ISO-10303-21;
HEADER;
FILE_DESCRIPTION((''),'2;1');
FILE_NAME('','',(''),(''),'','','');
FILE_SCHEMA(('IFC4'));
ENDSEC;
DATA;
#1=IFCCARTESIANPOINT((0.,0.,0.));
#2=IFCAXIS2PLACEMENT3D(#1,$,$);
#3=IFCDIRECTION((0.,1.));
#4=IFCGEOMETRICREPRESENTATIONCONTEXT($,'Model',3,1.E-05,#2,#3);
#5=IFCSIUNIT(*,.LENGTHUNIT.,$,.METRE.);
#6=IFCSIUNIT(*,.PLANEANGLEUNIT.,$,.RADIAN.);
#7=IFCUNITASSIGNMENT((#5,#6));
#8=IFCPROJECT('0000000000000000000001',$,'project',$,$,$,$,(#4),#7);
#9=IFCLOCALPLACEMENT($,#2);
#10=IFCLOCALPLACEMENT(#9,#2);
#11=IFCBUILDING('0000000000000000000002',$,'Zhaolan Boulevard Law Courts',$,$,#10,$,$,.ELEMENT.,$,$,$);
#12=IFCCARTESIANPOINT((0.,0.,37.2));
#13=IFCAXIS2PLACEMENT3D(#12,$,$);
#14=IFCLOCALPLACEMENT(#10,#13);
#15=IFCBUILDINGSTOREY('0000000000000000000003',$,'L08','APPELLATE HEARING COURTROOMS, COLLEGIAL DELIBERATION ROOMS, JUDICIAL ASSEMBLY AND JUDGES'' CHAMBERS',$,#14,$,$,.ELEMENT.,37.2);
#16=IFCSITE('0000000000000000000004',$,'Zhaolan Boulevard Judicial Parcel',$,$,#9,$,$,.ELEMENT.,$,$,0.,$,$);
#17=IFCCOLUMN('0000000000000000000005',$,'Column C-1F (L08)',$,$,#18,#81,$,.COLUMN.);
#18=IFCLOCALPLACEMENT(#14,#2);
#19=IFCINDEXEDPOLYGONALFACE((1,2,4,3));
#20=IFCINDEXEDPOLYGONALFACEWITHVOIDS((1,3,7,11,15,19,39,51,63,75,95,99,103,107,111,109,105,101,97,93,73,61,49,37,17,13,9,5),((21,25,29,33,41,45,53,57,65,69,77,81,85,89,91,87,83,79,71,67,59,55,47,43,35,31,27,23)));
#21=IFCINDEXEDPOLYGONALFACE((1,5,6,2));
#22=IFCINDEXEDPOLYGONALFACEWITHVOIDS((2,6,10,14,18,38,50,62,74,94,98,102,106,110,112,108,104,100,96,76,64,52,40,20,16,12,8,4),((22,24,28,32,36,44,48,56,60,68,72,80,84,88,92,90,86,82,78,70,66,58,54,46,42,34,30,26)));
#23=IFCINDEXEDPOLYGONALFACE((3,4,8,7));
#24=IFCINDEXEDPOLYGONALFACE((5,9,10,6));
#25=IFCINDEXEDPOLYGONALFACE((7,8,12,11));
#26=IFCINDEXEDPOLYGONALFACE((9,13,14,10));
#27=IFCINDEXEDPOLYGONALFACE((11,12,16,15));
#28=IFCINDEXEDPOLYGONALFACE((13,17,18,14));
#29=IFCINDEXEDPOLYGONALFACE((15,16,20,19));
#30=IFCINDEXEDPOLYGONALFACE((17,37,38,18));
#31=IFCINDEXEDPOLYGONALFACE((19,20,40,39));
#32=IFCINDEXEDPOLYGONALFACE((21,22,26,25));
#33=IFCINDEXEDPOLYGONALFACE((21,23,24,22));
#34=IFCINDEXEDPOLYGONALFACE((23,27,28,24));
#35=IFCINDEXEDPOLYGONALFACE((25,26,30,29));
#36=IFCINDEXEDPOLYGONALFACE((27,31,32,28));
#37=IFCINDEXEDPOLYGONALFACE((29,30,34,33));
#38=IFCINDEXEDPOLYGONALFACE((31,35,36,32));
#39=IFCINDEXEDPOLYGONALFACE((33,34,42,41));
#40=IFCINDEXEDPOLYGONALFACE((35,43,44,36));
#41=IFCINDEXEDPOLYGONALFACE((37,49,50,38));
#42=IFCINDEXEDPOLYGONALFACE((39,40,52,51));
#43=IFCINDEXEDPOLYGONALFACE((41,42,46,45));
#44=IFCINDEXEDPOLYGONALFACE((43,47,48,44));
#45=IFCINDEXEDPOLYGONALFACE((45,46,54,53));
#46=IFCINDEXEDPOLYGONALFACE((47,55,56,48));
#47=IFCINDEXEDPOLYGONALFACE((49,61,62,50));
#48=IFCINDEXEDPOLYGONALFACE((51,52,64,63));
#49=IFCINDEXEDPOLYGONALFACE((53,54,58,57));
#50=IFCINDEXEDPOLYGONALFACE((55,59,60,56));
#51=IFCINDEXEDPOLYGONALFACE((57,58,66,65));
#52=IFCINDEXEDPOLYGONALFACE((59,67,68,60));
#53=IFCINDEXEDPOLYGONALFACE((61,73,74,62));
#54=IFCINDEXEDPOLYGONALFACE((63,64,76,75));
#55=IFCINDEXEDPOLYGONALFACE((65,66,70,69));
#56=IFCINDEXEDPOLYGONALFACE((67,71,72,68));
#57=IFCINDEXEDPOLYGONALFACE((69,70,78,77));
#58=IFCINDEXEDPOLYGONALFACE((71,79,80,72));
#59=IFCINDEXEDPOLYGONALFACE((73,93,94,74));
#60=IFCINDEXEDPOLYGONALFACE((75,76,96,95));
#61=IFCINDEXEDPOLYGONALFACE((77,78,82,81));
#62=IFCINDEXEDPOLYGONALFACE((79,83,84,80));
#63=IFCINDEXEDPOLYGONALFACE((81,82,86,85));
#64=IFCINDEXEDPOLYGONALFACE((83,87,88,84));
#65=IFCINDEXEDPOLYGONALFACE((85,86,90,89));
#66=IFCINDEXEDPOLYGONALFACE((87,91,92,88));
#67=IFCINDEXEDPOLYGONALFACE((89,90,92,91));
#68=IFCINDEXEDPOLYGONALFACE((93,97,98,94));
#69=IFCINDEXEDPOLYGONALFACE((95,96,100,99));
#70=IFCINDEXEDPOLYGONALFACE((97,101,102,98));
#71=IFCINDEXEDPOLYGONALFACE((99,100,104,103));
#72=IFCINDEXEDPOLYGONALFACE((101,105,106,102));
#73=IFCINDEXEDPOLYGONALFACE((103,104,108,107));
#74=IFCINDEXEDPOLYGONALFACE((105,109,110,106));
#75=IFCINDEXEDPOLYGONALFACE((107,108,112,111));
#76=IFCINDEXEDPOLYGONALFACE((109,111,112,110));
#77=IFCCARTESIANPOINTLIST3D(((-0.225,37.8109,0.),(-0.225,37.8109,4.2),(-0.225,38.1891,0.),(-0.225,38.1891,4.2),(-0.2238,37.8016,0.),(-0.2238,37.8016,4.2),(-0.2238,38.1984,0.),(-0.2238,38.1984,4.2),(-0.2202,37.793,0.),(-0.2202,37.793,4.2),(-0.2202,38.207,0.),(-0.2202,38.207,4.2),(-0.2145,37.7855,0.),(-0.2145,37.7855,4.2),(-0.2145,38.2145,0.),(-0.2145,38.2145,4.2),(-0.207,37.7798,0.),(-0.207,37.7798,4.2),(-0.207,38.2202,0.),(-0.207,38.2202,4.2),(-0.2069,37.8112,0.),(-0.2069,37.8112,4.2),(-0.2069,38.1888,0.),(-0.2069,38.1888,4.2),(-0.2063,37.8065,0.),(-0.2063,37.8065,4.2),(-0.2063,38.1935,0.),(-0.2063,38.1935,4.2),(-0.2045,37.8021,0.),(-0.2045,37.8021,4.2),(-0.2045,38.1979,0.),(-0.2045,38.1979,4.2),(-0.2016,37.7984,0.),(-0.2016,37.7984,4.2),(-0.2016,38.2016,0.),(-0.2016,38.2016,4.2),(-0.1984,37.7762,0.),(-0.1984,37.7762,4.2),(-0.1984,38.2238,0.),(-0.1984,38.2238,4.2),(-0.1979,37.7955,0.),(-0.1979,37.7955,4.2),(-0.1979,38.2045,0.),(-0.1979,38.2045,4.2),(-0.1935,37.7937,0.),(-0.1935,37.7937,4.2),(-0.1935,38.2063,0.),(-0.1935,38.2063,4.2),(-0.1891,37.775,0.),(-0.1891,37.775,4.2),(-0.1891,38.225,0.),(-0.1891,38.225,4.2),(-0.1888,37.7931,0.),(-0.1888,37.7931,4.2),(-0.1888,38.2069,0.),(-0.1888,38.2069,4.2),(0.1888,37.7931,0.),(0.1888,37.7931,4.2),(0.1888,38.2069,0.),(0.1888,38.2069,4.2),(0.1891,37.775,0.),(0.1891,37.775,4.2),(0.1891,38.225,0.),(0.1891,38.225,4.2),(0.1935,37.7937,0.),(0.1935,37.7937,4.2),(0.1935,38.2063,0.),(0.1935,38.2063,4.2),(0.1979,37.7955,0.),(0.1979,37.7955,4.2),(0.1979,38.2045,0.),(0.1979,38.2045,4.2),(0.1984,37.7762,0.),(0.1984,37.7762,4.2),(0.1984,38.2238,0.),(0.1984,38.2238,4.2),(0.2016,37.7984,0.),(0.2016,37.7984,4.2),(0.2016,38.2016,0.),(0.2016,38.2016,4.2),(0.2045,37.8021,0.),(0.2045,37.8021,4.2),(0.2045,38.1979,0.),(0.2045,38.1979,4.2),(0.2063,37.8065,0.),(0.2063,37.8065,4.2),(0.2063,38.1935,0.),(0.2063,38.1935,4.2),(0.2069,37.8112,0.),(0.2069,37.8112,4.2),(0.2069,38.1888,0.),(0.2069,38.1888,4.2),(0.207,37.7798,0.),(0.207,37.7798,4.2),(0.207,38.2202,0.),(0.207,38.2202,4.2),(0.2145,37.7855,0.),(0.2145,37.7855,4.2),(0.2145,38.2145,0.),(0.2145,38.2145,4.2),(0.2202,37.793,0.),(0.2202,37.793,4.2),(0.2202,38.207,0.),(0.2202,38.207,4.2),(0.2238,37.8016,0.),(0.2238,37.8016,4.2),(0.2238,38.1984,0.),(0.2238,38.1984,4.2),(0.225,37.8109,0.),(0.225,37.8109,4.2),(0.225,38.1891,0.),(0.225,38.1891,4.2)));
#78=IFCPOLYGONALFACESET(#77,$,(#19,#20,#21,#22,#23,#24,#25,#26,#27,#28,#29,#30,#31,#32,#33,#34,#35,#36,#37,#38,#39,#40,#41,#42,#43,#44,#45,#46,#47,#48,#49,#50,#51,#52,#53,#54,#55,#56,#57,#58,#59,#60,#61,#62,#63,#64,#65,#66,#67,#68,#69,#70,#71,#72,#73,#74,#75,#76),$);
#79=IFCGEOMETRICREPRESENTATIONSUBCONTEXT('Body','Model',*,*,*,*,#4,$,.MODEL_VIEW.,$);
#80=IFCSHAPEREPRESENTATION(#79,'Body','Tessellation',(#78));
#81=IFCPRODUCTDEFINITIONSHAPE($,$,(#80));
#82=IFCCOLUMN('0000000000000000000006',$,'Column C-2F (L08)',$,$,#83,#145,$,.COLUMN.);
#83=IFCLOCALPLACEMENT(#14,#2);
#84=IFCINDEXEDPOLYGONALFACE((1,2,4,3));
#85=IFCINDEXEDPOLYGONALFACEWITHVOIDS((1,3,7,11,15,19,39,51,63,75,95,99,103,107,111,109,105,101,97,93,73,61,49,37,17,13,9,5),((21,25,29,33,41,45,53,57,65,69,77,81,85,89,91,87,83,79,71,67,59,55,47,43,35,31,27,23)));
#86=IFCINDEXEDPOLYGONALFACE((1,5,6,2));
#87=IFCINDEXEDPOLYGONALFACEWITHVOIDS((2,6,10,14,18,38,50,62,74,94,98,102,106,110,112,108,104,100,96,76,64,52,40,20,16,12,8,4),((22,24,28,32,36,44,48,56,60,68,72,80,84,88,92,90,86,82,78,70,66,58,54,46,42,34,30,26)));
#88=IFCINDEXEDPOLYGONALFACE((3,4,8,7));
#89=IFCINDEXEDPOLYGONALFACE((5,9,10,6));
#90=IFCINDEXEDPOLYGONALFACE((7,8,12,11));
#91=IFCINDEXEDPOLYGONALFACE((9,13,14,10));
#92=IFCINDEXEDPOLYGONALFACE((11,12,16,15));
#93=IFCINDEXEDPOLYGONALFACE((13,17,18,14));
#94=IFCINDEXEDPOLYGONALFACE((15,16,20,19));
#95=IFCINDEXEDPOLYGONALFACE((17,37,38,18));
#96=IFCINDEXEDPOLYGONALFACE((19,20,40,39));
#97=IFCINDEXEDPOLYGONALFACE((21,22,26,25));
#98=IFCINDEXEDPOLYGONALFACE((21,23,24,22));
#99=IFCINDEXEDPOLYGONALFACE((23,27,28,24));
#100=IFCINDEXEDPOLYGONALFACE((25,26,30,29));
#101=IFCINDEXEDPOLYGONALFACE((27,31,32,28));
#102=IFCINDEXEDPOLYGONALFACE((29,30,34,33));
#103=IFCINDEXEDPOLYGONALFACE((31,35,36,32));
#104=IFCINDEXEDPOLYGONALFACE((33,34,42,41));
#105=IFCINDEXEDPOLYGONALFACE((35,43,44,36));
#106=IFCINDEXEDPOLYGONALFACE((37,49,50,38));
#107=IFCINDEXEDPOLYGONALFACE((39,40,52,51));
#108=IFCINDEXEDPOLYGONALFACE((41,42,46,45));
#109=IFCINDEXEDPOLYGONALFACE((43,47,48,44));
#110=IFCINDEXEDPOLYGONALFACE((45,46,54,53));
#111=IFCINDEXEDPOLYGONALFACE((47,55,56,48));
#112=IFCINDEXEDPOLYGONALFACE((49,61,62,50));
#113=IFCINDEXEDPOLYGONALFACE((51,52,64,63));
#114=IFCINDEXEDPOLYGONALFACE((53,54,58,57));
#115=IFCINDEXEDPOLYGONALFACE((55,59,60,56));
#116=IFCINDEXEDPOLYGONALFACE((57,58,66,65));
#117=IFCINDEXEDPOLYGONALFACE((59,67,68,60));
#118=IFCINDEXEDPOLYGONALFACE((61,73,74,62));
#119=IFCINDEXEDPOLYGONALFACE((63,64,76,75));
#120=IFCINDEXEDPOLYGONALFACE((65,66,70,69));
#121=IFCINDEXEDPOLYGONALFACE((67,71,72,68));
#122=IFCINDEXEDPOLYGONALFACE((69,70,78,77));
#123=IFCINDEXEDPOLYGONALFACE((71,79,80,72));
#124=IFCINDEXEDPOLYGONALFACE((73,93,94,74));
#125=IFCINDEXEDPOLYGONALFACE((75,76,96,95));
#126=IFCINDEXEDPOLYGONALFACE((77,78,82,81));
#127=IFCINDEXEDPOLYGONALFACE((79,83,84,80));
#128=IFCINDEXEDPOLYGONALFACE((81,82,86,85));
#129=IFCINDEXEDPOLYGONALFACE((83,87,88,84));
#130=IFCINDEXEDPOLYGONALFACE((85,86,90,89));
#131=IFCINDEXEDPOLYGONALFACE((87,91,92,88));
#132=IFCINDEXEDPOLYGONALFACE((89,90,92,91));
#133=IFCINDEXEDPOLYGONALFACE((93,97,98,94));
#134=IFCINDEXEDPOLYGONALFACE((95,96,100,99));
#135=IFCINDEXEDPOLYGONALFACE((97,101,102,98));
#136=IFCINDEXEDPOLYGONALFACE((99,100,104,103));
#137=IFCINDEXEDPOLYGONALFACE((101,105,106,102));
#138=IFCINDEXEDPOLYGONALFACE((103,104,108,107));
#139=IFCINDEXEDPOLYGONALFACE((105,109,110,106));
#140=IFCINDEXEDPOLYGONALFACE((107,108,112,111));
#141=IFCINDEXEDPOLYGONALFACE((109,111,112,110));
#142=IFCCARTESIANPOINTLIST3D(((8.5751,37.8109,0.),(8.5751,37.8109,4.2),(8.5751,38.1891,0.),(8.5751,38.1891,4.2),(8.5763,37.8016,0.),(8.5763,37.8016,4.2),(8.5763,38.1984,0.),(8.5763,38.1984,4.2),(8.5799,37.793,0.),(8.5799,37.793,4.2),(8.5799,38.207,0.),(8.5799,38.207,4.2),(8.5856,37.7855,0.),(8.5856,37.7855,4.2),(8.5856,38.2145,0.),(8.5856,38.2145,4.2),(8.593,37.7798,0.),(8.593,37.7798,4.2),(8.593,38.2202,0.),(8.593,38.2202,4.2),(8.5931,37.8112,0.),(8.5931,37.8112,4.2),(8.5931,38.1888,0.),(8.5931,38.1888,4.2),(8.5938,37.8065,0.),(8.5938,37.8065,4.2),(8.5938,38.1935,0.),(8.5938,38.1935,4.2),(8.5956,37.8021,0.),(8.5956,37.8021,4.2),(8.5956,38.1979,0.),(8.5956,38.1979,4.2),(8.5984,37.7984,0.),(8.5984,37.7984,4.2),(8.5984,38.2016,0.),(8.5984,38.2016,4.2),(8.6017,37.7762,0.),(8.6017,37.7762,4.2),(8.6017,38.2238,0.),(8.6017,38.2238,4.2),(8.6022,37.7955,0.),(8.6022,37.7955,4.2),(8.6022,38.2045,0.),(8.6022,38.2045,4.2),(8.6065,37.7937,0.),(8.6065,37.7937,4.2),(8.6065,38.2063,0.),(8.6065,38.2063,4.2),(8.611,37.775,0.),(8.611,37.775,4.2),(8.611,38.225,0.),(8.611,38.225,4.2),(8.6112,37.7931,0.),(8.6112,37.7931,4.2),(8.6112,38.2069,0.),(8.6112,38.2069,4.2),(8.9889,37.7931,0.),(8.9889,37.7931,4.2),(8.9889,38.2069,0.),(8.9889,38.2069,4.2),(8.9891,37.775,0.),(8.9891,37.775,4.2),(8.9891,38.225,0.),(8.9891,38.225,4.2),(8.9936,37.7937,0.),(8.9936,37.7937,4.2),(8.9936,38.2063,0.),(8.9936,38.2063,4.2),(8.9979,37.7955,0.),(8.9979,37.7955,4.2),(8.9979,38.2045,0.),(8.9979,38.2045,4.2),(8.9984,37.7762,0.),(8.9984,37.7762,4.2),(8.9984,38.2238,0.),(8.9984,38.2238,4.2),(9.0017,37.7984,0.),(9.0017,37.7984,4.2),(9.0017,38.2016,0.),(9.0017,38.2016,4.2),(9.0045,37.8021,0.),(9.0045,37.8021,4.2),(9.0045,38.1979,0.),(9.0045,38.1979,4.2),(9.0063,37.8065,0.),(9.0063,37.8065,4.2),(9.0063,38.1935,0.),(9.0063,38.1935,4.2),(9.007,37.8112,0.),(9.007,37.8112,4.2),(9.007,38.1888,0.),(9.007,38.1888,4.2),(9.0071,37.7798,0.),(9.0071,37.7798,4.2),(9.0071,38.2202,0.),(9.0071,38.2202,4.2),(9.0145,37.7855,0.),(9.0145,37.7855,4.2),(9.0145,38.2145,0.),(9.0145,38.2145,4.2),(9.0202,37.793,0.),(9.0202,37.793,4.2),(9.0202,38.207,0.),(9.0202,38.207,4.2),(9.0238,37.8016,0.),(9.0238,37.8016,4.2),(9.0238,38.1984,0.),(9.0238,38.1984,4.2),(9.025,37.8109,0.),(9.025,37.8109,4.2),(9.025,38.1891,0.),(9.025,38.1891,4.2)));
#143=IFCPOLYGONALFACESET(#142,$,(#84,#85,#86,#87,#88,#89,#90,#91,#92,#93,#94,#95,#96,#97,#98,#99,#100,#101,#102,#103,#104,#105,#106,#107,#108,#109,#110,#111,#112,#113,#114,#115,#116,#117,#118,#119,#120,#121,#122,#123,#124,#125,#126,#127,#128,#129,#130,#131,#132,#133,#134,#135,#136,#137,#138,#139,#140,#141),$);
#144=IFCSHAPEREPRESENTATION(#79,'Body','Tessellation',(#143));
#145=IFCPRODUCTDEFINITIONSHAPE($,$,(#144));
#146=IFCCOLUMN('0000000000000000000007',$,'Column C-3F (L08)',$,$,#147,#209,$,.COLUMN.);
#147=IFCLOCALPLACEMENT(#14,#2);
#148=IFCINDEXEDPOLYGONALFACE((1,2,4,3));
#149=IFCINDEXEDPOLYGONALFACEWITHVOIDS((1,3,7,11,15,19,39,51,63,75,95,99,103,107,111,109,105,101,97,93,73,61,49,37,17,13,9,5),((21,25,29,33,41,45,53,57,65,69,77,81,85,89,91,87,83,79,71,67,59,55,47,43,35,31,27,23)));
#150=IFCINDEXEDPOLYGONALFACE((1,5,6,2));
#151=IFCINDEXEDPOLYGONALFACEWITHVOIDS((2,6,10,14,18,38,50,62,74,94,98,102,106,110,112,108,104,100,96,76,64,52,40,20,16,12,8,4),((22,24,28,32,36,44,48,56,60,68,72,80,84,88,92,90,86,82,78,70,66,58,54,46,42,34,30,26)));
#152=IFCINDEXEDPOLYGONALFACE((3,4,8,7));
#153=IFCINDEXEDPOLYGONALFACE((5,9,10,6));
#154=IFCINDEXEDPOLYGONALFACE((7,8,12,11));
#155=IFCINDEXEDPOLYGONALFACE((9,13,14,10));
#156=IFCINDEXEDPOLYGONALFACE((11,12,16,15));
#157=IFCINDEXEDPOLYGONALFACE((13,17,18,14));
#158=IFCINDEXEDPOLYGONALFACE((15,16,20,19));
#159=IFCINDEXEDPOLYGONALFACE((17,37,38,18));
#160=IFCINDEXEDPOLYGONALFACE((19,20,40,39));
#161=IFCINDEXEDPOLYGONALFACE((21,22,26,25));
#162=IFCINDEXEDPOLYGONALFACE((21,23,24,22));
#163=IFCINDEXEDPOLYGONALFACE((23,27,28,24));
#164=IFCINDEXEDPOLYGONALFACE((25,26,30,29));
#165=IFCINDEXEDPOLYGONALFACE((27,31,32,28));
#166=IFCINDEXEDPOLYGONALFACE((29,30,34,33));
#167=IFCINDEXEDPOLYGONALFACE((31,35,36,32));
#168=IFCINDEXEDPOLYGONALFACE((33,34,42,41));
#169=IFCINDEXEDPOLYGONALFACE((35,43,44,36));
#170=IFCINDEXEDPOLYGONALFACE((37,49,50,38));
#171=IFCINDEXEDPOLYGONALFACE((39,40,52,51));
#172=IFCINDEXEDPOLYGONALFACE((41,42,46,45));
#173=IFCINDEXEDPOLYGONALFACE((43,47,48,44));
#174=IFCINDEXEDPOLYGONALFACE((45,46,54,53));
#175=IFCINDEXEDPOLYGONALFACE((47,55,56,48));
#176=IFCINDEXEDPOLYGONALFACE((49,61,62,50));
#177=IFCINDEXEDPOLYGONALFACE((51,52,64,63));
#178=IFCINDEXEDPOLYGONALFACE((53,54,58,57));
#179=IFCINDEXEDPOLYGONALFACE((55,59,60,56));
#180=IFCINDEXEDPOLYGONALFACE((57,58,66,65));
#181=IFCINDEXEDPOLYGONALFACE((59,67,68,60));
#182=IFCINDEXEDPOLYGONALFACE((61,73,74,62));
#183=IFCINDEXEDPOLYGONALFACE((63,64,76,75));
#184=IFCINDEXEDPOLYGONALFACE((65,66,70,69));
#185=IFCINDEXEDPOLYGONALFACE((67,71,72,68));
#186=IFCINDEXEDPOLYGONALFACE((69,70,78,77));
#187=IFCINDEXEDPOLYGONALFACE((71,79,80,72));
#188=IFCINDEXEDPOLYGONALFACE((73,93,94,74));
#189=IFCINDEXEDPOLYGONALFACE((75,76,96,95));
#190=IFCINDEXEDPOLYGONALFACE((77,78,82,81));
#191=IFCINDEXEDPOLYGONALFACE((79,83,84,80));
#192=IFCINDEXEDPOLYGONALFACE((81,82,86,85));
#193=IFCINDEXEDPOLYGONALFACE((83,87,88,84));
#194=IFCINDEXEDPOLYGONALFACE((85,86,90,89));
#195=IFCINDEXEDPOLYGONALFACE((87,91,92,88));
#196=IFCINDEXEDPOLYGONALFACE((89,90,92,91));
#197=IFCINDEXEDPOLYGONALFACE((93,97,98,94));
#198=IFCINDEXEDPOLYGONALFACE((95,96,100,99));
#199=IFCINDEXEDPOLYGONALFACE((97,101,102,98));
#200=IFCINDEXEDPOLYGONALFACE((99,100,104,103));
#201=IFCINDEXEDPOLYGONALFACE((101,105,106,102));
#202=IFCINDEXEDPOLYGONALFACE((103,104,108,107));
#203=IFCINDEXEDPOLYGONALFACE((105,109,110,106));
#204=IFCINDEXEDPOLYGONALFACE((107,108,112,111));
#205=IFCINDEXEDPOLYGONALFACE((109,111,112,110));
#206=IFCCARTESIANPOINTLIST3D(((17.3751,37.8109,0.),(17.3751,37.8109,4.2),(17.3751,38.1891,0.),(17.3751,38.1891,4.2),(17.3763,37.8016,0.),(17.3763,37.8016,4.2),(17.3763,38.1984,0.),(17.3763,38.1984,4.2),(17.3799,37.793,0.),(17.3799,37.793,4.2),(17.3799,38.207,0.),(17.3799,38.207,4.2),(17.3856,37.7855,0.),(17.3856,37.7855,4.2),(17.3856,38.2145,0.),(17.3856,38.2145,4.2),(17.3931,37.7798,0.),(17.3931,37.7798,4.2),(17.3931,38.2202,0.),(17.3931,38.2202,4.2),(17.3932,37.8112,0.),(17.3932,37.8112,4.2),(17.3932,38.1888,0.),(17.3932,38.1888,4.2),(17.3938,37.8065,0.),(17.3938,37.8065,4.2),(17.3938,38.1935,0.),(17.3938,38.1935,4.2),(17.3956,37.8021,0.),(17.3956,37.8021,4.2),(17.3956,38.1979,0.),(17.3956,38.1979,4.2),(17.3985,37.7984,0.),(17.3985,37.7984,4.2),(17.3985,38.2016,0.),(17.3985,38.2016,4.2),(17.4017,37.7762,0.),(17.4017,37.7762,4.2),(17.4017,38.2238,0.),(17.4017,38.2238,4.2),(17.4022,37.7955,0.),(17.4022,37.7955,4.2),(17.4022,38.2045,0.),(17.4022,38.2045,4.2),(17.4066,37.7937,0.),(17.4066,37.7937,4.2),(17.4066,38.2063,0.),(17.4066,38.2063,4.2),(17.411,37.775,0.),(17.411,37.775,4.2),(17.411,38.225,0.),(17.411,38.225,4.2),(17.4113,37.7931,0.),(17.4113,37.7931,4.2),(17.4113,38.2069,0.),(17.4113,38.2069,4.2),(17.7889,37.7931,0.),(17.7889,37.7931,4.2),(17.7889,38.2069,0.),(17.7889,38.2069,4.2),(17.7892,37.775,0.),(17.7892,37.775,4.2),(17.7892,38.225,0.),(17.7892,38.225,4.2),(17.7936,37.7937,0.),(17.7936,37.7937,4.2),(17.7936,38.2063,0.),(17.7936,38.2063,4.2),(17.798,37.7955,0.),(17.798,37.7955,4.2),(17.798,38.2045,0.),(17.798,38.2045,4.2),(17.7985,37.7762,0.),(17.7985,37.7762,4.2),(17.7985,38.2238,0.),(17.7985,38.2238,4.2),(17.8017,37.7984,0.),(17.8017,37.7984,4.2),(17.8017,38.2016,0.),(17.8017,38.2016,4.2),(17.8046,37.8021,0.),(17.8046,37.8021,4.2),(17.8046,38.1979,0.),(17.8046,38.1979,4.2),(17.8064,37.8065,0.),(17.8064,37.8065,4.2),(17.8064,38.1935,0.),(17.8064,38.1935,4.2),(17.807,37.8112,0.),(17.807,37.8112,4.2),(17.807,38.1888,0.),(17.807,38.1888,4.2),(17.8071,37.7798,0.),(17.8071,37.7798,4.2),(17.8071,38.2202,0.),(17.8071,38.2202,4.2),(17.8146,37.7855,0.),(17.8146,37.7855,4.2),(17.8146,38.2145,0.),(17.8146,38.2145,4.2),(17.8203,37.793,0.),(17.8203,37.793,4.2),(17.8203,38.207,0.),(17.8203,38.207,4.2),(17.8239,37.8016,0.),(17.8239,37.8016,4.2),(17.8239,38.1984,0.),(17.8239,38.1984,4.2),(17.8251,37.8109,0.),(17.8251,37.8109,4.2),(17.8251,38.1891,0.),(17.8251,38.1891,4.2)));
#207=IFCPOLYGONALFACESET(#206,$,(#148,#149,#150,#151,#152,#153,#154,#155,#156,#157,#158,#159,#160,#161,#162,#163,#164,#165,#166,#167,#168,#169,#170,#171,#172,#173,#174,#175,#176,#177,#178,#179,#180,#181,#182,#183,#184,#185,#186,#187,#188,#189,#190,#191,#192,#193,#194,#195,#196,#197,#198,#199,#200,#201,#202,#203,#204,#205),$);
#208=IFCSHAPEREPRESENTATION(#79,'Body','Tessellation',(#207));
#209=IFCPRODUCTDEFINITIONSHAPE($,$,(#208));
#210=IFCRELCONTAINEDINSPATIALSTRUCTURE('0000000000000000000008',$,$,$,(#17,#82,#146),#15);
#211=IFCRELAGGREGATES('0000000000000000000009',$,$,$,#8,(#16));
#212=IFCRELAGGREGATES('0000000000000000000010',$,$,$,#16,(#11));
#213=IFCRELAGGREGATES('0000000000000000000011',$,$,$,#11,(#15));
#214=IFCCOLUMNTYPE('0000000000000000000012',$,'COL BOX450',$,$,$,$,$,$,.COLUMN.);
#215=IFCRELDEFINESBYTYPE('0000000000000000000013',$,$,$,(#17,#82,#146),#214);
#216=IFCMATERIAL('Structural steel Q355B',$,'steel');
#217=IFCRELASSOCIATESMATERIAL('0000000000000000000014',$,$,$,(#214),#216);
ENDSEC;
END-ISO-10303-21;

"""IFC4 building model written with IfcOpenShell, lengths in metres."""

from ifc_helpers import new_model, si_unit, direction, frame, origin, origin_2d, place, context, subcontext, project, spatial, hollow_rectangle, extrude, material, material_profile, profile_set, type_object, element, save


model = new_model("IFC4")

# Units and contexts
model_context = context("Model", 3, precision=1e-05, world=origin(), true_north=direction((0.0, 1.0)))
body_context = subcontext(model_context, "Body", "Model", "MODEL_VIEW")
ifc_project = project(units=[si_unit("LENGTHUNIT", "METRE"), si_unit("PLANEANGLEUNIT", "RADIAN")], contexts=[model_context])

# Site, building, storey
site_placement = place(None, origin())
site = spatial("IfcSite", under=ifc_project, at=site_placement, Name="Zhaolan Boulevard Judicial Parcel", CompositionType="ELEMENT", RefElevation=0.0)
building_placement = place(site_placement, origin())
building = spatial("IfcBuilding", under=site, at=building_placement, Name="Zhaolan Boulevard Law Courts", CompositionType="ELEMENT")
storey_placement = place(building_placement, frame((0.0, 0.0, 37.2)))
storey = spatial("IfcBuildingStorey", under=building, at=storey_placement, Name="L08", Description="APPELLATE HEARING COURTROOMS, COLLEGIAL DELIBERATION ROOMS, JUDICIAL ASSEMBLY AND JUDGES' CHAMBERS", CompositionType="ELEMENT", Elevation=37.2)

# Columns
ifc_material_1 = material(Name="Structural steel Q355B", Category="steel")
ifc_material_profile_1 = material_profile(ifc_material_1, hollow_rectangle(XDim=0.45, YDim=0.45, WallThickness=0.0181, InnerFilletRadius=0.0181, OuterFilletRadius=0.0359, at=origin_2d()), Name="BOX450x450x18")
ifc_profile_set_1 = profile_set([ifc_material_profile_1], Name="Structural steel Q355B")
column_type = type_object("IfcColumnType", Name="COL BOX450", PredefinedType="COLUMN", material=ifc_profile_set_1)
for number, where, z_axis, x_axis, name in (
    (1, (0.0, 38.0, 0.0), (0.0, 0.0, 1.0), (1.0, 0.0, 0.0), "Column C-1F (L08)"),
    (2, (8.8, 38.0, 0.0), (0.0, 0.0, 1.0), (1.0, 0.0, 0.0), "Column C-2F (L08)"),
    (3, (17.6001, 38.0, 0.0), (0.0, 0.0, 1.0), (1.0, 0.0, 0.0), "Column C-3F (L08)"),
):
    element("IfcColumn", number, at=place(storey_placement, frame(where, z_axis=z_axis, x_axis=x_axis)), inside=storey, type_object=column_type, Name=name, PredefinedType="COLUMN", context=body_context, shape_type="SweptSolid", body=[
        extrude(hollow_rectangle(XDim=0.45, YDim=0.45, WallThickness=0.0181, InnerFilletRadius=0.0181, OuterFilletRadius=0.0359, at=origin_2d()), origin(), (0.0, 0.0, 1.0), 4.2),
    ])

save(model, "model.ifc")
